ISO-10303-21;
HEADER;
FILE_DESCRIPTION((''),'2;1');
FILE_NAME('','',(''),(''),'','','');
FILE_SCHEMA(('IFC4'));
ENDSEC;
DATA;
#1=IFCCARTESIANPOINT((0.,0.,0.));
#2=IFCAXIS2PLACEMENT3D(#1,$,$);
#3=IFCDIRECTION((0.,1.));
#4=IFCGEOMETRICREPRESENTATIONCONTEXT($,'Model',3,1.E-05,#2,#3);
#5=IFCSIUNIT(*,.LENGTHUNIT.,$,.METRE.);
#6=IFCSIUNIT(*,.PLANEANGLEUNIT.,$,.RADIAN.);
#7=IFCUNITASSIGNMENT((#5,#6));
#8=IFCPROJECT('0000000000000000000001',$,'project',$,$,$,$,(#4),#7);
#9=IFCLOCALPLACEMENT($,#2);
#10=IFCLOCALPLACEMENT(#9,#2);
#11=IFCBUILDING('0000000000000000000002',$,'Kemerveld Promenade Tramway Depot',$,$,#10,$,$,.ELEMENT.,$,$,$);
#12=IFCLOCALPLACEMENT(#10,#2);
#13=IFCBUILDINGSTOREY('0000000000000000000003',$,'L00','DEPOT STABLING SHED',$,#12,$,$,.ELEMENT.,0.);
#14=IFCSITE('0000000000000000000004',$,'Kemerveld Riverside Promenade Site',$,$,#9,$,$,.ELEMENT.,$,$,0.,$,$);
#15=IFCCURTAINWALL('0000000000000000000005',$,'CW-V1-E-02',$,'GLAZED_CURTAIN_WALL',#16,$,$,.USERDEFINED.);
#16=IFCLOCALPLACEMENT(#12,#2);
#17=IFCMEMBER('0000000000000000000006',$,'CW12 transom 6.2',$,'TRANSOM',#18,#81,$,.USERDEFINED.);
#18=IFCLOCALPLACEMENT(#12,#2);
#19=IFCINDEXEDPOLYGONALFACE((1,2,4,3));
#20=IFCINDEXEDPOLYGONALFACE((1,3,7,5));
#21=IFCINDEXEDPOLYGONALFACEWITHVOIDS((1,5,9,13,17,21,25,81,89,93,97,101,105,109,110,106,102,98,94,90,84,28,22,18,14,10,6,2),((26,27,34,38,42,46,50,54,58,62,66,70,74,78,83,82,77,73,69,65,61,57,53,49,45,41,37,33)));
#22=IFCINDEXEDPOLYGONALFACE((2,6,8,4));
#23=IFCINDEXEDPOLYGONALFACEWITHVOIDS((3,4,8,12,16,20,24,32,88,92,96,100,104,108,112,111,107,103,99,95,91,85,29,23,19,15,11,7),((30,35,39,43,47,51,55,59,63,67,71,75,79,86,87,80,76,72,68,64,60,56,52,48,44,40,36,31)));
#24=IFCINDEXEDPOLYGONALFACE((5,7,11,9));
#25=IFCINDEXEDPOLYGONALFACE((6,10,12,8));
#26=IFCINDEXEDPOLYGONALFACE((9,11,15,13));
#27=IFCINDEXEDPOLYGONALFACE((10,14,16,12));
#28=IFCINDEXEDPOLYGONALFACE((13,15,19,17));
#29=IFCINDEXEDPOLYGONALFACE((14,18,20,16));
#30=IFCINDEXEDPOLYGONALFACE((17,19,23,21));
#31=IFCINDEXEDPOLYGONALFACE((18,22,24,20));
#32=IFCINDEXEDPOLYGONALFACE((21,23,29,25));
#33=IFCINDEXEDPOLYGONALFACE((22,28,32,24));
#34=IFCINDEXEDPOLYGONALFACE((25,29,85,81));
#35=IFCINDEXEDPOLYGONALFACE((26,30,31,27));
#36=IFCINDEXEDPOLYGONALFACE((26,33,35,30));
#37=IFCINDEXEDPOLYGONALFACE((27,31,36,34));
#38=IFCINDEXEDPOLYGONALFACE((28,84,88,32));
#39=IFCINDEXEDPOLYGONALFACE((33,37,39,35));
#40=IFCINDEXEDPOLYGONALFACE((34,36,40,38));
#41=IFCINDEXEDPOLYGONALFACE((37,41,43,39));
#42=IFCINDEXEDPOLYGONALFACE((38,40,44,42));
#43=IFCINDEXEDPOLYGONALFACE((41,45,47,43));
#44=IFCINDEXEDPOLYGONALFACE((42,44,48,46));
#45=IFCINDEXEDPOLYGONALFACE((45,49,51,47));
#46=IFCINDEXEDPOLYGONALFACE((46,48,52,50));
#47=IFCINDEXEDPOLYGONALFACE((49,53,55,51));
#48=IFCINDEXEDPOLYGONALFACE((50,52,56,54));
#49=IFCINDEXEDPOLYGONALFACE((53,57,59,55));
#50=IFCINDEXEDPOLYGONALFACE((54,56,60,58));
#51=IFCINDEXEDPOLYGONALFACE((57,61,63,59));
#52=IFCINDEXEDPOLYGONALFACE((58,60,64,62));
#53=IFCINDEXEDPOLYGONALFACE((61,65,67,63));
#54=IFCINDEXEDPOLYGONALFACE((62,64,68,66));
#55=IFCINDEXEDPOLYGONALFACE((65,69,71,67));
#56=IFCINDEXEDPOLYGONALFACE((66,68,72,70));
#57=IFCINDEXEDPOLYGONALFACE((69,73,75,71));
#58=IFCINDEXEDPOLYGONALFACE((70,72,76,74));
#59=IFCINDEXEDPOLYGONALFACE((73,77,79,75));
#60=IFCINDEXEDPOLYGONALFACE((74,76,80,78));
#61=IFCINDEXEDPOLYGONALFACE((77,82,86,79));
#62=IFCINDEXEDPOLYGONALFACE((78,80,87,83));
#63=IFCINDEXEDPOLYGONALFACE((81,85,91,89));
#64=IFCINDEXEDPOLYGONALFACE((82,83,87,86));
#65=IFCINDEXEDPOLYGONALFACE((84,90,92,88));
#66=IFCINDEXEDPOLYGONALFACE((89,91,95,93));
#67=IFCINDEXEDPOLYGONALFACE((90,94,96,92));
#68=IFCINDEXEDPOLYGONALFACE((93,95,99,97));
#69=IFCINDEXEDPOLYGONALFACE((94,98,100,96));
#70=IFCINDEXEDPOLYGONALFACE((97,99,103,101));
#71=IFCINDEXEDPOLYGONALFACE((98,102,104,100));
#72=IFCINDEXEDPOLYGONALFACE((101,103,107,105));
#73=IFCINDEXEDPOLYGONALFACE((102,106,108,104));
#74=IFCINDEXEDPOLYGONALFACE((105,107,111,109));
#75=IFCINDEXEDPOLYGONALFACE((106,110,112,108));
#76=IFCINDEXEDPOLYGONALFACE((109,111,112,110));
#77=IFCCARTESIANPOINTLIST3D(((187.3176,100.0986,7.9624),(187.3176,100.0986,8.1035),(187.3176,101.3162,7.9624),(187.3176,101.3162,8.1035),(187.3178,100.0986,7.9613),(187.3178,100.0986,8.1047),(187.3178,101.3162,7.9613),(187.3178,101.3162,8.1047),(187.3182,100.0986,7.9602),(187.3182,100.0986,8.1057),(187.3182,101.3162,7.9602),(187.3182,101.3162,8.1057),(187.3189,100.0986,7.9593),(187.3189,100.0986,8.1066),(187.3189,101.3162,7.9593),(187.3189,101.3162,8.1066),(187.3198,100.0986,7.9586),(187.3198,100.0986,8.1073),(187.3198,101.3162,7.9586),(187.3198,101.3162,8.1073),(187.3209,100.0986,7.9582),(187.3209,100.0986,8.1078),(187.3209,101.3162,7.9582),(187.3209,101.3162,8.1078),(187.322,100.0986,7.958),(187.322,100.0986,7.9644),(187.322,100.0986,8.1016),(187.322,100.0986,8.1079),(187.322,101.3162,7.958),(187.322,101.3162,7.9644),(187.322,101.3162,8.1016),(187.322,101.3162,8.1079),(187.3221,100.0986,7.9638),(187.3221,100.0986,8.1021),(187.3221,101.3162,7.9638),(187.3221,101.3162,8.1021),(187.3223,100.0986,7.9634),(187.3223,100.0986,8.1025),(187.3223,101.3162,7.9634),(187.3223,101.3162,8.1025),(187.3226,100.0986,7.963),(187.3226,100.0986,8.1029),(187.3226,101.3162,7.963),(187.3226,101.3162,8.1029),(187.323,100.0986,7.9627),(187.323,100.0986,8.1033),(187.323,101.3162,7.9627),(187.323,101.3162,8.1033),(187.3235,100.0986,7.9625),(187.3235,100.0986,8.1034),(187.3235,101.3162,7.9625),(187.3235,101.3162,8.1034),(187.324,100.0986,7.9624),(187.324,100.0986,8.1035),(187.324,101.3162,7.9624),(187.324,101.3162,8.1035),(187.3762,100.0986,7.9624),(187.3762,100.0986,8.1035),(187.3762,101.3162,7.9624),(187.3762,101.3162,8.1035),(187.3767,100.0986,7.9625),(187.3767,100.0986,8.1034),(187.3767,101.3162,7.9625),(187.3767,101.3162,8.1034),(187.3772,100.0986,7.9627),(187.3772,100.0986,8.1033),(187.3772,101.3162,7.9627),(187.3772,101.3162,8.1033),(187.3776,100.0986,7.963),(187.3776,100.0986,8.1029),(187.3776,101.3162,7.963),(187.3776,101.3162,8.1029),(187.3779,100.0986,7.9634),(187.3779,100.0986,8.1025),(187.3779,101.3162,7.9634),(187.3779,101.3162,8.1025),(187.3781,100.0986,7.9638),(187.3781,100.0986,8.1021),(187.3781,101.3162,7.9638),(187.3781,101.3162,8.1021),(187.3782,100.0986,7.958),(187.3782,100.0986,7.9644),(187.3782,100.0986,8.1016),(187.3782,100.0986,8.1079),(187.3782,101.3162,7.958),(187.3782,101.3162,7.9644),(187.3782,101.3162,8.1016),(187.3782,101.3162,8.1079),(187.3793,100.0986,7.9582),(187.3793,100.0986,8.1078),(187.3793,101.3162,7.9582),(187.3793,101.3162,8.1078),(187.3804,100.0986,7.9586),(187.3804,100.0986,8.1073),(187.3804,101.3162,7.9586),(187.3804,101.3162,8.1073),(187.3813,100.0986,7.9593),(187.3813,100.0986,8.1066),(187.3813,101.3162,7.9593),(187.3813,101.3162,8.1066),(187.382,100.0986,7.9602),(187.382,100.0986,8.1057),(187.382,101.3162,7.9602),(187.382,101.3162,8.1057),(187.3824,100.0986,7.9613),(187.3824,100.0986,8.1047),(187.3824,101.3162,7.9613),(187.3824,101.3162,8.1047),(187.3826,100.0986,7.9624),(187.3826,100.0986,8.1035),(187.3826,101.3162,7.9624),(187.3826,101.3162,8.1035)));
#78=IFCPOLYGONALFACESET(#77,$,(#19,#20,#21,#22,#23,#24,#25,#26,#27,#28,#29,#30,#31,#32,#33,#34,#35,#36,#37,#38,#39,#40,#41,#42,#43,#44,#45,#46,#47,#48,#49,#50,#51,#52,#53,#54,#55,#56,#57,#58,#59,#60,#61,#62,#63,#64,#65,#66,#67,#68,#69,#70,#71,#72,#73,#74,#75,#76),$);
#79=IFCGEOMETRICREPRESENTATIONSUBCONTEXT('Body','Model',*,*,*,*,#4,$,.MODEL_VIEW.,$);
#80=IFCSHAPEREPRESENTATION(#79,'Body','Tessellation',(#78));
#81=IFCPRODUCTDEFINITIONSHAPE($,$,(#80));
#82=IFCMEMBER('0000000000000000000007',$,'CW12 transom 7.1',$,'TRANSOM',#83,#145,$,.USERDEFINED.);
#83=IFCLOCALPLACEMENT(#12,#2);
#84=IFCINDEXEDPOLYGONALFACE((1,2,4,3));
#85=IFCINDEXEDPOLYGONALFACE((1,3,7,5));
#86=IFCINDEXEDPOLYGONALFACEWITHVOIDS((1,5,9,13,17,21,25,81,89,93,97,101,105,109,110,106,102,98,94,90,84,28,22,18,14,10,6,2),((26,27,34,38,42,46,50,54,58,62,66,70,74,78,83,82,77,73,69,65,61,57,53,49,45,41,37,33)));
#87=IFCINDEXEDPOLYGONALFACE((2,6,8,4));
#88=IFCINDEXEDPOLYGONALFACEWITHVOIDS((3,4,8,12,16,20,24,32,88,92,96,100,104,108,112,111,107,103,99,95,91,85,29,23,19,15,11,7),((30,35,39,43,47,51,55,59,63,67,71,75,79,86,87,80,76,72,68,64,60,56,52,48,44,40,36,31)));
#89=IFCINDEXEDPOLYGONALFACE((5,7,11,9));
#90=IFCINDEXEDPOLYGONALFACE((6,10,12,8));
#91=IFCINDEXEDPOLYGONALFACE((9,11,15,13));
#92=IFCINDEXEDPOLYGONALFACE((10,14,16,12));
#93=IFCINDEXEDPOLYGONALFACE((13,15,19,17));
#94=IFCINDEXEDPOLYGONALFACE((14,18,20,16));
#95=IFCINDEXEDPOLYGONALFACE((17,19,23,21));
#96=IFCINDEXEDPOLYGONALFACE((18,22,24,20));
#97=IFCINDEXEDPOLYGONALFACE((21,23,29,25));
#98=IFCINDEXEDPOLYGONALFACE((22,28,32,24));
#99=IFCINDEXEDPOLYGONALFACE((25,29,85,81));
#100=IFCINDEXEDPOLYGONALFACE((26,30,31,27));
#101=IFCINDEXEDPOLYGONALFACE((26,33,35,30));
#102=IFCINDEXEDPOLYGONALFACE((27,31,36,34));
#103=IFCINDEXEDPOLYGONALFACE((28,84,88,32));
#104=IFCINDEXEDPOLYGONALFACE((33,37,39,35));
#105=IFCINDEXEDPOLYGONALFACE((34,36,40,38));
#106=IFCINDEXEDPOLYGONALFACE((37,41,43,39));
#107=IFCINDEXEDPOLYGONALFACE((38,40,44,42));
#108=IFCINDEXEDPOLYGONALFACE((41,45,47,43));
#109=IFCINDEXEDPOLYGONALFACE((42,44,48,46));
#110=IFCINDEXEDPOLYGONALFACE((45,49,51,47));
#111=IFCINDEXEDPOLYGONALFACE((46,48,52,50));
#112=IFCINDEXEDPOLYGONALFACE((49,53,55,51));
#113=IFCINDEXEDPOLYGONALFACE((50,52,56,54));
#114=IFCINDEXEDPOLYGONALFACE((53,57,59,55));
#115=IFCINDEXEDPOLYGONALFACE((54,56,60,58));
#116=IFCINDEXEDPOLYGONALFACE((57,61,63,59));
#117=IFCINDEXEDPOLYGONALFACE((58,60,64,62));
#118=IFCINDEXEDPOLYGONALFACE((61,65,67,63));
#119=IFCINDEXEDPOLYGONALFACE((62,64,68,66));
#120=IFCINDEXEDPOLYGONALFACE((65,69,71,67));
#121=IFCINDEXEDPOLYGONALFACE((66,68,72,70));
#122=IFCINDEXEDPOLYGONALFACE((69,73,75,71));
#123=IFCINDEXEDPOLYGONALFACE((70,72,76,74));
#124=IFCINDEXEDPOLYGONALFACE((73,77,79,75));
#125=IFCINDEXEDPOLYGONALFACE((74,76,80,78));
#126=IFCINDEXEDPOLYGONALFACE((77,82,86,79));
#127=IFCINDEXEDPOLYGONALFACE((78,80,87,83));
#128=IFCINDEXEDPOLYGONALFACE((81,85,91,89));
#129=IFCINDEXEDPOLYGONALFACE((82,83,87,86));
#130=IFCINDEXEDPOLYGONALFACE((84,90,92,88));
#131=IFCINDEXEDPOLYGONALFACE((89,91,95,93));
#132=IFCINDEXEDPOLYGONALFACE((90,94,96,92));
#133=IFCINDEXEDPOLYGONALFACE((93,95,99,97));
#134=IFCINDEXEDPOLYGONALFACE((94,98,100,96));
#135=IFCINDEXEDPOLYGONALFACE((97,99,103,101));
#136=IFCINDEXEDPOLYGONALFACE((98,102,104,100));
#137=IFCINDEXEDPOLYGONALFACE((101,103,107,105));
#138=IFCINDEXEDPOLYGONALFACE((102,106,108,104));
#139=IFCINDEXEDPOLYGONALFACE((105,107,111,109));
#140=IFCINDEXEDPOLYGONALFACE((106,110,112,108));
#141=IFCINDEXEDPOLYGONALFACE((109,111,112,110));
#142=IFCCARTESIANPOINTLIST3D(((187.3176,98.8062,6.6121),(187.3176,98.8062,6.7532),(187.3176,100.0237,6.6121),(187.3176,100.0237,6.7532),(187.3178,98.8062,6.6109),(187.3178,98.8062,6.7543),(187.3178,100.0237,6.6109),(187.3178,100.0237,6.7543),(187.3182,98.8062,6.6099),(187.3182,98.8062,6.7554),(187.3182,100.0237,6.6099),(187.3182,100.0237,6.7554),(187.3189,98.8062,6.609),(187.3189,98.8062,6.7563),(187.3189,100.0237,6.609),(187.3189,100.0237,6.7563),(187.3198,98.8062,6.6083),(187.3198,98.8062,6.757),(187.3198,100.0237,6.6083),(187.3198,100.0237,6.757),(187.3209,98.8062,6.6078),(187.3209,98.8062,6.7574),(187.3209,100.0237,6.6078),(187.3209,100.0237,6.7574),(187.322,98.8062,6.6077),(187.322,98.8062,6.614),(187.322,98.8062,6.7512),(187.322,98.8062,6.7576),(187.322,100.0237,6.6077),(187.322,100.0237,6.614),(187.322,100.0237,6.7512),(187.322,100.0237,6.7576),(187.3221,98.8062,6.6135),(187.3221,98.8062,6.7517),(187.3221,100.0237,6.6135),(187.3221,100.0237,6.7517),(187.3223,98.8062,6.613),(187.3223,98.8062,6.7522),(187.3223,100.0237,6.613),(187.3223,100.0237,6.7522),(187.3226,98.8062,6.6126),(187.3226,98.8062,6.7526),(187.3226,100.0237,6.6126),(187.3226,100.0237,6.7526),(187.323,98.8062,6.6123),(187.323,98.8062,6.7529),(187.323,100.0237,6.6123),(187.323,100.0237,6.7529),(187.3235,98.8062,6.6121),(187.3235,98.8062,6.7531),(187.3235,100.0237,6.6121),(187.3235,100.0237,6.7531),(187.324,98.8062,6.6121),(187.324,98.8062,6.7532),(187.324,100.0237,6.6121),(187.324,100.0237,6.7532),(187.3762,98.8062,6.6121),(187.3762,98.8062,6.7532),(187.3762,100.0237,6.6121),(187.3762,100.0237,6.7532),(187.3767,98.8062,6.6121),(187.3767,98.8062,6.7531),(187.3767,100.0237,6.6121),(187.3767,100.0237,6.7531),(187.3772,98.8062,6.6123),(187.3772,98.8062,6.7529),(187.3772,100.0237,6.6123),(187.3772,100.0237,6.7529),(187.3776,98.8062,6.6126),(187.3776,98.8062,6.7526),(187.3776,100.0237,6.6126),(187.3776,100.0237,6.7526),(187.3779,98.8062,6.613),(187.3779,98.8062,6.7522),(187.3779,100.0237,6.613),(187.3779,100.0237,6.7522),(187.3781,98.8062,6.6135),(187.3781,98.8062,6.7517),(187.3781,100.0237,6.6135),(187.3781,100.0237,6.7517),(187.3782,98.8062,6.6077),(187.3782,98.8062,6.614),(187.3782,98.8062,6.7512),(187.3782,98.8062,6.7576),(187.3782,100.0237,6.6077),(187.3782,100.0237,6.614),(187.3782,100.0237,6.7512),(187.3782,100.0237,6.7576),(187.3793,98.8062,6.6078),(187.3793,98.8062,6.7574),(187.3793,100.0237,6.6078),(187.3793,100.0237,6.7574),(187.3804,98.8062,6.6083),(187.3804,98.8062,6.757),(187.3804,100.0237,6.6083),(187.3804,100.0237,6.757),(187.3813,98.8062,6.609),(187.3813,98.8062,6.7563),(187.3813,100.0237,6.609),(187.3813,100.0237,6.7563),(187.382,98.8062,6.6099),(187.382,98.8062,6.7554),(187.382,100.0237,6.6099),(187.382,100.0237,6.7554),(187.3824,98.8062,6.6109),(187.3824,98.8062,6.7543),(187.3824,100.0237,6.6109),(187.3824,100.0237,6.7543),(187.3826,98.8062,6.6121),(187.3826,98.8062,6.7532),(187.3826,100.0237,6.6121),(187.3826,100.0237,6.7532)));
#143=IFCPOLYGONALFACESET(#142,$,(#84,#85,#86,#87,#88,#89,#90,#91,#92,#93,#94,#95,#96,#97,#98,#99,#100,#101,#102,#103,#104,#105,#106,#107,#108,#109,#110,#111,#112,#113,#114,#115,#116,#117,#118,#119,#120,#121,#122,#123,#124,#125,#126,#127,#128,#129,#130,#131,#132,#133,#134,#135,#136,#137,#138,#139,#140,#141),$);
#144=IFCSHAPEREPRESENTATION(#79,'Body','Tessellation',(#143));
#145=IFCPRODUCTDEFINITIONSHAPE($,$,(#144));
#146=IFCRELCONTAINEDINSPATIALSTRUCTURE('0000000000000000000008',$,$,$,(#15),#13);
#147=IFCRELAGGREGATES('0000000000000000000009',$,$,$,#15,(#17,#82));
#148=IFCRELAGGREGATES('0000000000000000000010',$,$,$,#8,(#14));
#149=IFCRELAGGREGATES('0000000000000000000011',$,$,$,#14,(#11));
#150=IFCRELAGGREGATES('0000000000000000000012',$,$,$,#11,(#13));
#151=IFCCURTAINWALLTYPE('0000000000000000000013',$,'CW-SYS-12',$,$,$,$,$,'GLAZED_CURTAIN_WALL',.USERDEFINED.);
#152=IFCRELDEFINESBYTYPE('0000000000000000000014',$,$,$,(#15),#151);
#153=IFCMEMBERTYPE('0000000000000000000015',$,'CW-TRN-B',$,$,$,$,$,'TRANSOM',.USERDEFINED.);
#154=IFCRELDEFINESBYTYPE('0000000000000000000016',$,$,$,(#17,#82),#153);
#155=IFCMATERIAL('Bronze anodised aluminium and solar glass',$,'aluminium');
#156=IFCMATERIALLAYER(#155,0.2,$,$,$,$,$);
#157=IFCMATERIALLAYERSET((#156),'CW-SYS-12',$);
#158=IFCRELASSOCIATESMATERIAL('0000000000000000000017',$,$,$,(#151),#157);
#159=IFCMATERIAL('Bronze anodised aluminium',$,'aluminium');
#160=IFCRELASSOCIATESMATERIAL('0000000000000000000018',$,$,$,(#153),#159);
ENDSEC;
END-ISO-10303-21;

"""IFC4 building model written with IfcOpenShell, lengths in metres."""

from ifc_helpers import new_model, si_unit, direction, frame, origin, origin_2d, place, context, subcontext, project, spatial, hollow_rectangle, extrude, material, layer, layer_set, material_profile, profile_set, type_object, element, aggregate, save


model = new_model("IFC4")

# Units and contexts
model_context = context("Model", 3, precision=1e-05, world=origin(), true_north=direction((0.0, 1.0)))
body_context = subcontext(model_context, "Body", "Model", "MODEL_VIEW")
ifc_project = project(units=[si_unit("LENGTHUNIT", "METRE"), si_unit("PLANEANGLEUNIT", "RADIAN")], contexts=[model_context])

# Site, building, storey
site_placement = place(None, origin())
site = spatial("IfcSite", under=ifc_project, at=site_placement, Name="Kemerveld Riverside Promenade Site", CompositionType="ELEMENT", RefElevation=0.0)
building_placement = place(site_placement, origin())
building = spatial("IfcBuilding", under=site, at=building_placement, Name="Kemerveld Promenade Tramway Depot", CompositionType="ELEMENT")
storey_placement = place(building_placement, origin())
storey = spatial("IfcBuildingStorey", under=building, at=storey_placement, Name="L00", Description="DEPOT STABLING SHED", CompositionType="ELEMENT", Elevation=0.0)

# Curtain wall, members
ifc_material_1 = material(Name="Bronze anodised aluminium and solar glass", Category="aluminium")
ifc_layer_1 = layer(ifc_material_1, 0.2)
ifc_layer_set_1 = layer_set([ifc_layer_1], Name="CW-SYS-12")
curtain_wall_type = type_object("IfcCurtainWallType", Name="CW-SYS-12", ElementType="GLAZED_CURTAIN_WALL", PredefinedType="USERDEFINED", material=ifc_layer_set_1)
curtain_wall_placement = place(storey_placement, origin())
curtain_wall = element("IfcCurtainWall", 1, at=curtain_wall_placement, inside=storey, type_object=curtain_wall_type, Name="CW-V1-E-02", ObjectType="GLAZED_CURTAIN_WALL", PredefinedType="USERDEFINED")
ifc_material_2 = material(Name="Bronze anodised aluminium", Category="aluminium")
ifc_material_profile_1 = material_profile(ifc_material_2, hollow_rectangle(XDim=0.0649, YDim=0.1499, WallThickness=0.0044, InnerFilletRadius=0.002, OuterFilletRadius=0.0044, at=origin_2d()), Name="CW-TRN-150x65")
ifc_profile_set_1 = profile_set([ifc_material_profile_1], Name="Bronze anodised aluminium")
member_type_1 = type_object("IfcMemberType", Name="CW-TRN-B", ElementType="TRANSOM", PredefinedType="USERDEFINED", material=ifc_profile_set_1)
member_1_placement = place(storey_placement, frame((187.3501, 101.3162, 8.033), z_axis=(0.0, -1.0, 0.0), x_axis=(1.0, 0.0, 0.0)))
member_1 = element("IfcMember", 2, at=member_1_placement, type_object=member_type_1, Name="CW12 transom 6.2", ObjectType="TRANSOM", PredefinedType="USERDEFINED", context=body_context, shape_type="SweptSolid", body=[
    extrude(hollow_rectangle(XDim=0.0649, YDim=0.1499, WallThickness=0.0044, InnerFilletRadius=0.002, OuterFilletRadius=0.0044, at=origin_2d()), origin(), (0.0, 0.0, 1.0), 1.2175),
])
member_2_placement = place(storey_placement, frame((187.3501, 100.0237, 6.6826), z_axis=(0.0, -1.0, 0.0), x_axis=(1.0, 0.0, 0.0)))
member_2 = element("IfcMember", 3, at=member_2_placement, type_object=member_type_1, Name="CW12 transom 7.1", ObjectType="TRANSOM", PredefinedType="USERDEFINED", context=body_context, shape_type="SweptSolid", body=[
    extrude(hollow_rectangle(XDim=0.0649, YDim=0.1499, WallThickness=0.0044, InnerFilletRadius=0.002, OuterFilletRadius=0.0044, at=origin_2d()), origin(), (0.0, 0.0, 1.0), 1.2175),
])
aggregate(curtain_wall, [member_1, member_2])

save(model, "model.ifc")
